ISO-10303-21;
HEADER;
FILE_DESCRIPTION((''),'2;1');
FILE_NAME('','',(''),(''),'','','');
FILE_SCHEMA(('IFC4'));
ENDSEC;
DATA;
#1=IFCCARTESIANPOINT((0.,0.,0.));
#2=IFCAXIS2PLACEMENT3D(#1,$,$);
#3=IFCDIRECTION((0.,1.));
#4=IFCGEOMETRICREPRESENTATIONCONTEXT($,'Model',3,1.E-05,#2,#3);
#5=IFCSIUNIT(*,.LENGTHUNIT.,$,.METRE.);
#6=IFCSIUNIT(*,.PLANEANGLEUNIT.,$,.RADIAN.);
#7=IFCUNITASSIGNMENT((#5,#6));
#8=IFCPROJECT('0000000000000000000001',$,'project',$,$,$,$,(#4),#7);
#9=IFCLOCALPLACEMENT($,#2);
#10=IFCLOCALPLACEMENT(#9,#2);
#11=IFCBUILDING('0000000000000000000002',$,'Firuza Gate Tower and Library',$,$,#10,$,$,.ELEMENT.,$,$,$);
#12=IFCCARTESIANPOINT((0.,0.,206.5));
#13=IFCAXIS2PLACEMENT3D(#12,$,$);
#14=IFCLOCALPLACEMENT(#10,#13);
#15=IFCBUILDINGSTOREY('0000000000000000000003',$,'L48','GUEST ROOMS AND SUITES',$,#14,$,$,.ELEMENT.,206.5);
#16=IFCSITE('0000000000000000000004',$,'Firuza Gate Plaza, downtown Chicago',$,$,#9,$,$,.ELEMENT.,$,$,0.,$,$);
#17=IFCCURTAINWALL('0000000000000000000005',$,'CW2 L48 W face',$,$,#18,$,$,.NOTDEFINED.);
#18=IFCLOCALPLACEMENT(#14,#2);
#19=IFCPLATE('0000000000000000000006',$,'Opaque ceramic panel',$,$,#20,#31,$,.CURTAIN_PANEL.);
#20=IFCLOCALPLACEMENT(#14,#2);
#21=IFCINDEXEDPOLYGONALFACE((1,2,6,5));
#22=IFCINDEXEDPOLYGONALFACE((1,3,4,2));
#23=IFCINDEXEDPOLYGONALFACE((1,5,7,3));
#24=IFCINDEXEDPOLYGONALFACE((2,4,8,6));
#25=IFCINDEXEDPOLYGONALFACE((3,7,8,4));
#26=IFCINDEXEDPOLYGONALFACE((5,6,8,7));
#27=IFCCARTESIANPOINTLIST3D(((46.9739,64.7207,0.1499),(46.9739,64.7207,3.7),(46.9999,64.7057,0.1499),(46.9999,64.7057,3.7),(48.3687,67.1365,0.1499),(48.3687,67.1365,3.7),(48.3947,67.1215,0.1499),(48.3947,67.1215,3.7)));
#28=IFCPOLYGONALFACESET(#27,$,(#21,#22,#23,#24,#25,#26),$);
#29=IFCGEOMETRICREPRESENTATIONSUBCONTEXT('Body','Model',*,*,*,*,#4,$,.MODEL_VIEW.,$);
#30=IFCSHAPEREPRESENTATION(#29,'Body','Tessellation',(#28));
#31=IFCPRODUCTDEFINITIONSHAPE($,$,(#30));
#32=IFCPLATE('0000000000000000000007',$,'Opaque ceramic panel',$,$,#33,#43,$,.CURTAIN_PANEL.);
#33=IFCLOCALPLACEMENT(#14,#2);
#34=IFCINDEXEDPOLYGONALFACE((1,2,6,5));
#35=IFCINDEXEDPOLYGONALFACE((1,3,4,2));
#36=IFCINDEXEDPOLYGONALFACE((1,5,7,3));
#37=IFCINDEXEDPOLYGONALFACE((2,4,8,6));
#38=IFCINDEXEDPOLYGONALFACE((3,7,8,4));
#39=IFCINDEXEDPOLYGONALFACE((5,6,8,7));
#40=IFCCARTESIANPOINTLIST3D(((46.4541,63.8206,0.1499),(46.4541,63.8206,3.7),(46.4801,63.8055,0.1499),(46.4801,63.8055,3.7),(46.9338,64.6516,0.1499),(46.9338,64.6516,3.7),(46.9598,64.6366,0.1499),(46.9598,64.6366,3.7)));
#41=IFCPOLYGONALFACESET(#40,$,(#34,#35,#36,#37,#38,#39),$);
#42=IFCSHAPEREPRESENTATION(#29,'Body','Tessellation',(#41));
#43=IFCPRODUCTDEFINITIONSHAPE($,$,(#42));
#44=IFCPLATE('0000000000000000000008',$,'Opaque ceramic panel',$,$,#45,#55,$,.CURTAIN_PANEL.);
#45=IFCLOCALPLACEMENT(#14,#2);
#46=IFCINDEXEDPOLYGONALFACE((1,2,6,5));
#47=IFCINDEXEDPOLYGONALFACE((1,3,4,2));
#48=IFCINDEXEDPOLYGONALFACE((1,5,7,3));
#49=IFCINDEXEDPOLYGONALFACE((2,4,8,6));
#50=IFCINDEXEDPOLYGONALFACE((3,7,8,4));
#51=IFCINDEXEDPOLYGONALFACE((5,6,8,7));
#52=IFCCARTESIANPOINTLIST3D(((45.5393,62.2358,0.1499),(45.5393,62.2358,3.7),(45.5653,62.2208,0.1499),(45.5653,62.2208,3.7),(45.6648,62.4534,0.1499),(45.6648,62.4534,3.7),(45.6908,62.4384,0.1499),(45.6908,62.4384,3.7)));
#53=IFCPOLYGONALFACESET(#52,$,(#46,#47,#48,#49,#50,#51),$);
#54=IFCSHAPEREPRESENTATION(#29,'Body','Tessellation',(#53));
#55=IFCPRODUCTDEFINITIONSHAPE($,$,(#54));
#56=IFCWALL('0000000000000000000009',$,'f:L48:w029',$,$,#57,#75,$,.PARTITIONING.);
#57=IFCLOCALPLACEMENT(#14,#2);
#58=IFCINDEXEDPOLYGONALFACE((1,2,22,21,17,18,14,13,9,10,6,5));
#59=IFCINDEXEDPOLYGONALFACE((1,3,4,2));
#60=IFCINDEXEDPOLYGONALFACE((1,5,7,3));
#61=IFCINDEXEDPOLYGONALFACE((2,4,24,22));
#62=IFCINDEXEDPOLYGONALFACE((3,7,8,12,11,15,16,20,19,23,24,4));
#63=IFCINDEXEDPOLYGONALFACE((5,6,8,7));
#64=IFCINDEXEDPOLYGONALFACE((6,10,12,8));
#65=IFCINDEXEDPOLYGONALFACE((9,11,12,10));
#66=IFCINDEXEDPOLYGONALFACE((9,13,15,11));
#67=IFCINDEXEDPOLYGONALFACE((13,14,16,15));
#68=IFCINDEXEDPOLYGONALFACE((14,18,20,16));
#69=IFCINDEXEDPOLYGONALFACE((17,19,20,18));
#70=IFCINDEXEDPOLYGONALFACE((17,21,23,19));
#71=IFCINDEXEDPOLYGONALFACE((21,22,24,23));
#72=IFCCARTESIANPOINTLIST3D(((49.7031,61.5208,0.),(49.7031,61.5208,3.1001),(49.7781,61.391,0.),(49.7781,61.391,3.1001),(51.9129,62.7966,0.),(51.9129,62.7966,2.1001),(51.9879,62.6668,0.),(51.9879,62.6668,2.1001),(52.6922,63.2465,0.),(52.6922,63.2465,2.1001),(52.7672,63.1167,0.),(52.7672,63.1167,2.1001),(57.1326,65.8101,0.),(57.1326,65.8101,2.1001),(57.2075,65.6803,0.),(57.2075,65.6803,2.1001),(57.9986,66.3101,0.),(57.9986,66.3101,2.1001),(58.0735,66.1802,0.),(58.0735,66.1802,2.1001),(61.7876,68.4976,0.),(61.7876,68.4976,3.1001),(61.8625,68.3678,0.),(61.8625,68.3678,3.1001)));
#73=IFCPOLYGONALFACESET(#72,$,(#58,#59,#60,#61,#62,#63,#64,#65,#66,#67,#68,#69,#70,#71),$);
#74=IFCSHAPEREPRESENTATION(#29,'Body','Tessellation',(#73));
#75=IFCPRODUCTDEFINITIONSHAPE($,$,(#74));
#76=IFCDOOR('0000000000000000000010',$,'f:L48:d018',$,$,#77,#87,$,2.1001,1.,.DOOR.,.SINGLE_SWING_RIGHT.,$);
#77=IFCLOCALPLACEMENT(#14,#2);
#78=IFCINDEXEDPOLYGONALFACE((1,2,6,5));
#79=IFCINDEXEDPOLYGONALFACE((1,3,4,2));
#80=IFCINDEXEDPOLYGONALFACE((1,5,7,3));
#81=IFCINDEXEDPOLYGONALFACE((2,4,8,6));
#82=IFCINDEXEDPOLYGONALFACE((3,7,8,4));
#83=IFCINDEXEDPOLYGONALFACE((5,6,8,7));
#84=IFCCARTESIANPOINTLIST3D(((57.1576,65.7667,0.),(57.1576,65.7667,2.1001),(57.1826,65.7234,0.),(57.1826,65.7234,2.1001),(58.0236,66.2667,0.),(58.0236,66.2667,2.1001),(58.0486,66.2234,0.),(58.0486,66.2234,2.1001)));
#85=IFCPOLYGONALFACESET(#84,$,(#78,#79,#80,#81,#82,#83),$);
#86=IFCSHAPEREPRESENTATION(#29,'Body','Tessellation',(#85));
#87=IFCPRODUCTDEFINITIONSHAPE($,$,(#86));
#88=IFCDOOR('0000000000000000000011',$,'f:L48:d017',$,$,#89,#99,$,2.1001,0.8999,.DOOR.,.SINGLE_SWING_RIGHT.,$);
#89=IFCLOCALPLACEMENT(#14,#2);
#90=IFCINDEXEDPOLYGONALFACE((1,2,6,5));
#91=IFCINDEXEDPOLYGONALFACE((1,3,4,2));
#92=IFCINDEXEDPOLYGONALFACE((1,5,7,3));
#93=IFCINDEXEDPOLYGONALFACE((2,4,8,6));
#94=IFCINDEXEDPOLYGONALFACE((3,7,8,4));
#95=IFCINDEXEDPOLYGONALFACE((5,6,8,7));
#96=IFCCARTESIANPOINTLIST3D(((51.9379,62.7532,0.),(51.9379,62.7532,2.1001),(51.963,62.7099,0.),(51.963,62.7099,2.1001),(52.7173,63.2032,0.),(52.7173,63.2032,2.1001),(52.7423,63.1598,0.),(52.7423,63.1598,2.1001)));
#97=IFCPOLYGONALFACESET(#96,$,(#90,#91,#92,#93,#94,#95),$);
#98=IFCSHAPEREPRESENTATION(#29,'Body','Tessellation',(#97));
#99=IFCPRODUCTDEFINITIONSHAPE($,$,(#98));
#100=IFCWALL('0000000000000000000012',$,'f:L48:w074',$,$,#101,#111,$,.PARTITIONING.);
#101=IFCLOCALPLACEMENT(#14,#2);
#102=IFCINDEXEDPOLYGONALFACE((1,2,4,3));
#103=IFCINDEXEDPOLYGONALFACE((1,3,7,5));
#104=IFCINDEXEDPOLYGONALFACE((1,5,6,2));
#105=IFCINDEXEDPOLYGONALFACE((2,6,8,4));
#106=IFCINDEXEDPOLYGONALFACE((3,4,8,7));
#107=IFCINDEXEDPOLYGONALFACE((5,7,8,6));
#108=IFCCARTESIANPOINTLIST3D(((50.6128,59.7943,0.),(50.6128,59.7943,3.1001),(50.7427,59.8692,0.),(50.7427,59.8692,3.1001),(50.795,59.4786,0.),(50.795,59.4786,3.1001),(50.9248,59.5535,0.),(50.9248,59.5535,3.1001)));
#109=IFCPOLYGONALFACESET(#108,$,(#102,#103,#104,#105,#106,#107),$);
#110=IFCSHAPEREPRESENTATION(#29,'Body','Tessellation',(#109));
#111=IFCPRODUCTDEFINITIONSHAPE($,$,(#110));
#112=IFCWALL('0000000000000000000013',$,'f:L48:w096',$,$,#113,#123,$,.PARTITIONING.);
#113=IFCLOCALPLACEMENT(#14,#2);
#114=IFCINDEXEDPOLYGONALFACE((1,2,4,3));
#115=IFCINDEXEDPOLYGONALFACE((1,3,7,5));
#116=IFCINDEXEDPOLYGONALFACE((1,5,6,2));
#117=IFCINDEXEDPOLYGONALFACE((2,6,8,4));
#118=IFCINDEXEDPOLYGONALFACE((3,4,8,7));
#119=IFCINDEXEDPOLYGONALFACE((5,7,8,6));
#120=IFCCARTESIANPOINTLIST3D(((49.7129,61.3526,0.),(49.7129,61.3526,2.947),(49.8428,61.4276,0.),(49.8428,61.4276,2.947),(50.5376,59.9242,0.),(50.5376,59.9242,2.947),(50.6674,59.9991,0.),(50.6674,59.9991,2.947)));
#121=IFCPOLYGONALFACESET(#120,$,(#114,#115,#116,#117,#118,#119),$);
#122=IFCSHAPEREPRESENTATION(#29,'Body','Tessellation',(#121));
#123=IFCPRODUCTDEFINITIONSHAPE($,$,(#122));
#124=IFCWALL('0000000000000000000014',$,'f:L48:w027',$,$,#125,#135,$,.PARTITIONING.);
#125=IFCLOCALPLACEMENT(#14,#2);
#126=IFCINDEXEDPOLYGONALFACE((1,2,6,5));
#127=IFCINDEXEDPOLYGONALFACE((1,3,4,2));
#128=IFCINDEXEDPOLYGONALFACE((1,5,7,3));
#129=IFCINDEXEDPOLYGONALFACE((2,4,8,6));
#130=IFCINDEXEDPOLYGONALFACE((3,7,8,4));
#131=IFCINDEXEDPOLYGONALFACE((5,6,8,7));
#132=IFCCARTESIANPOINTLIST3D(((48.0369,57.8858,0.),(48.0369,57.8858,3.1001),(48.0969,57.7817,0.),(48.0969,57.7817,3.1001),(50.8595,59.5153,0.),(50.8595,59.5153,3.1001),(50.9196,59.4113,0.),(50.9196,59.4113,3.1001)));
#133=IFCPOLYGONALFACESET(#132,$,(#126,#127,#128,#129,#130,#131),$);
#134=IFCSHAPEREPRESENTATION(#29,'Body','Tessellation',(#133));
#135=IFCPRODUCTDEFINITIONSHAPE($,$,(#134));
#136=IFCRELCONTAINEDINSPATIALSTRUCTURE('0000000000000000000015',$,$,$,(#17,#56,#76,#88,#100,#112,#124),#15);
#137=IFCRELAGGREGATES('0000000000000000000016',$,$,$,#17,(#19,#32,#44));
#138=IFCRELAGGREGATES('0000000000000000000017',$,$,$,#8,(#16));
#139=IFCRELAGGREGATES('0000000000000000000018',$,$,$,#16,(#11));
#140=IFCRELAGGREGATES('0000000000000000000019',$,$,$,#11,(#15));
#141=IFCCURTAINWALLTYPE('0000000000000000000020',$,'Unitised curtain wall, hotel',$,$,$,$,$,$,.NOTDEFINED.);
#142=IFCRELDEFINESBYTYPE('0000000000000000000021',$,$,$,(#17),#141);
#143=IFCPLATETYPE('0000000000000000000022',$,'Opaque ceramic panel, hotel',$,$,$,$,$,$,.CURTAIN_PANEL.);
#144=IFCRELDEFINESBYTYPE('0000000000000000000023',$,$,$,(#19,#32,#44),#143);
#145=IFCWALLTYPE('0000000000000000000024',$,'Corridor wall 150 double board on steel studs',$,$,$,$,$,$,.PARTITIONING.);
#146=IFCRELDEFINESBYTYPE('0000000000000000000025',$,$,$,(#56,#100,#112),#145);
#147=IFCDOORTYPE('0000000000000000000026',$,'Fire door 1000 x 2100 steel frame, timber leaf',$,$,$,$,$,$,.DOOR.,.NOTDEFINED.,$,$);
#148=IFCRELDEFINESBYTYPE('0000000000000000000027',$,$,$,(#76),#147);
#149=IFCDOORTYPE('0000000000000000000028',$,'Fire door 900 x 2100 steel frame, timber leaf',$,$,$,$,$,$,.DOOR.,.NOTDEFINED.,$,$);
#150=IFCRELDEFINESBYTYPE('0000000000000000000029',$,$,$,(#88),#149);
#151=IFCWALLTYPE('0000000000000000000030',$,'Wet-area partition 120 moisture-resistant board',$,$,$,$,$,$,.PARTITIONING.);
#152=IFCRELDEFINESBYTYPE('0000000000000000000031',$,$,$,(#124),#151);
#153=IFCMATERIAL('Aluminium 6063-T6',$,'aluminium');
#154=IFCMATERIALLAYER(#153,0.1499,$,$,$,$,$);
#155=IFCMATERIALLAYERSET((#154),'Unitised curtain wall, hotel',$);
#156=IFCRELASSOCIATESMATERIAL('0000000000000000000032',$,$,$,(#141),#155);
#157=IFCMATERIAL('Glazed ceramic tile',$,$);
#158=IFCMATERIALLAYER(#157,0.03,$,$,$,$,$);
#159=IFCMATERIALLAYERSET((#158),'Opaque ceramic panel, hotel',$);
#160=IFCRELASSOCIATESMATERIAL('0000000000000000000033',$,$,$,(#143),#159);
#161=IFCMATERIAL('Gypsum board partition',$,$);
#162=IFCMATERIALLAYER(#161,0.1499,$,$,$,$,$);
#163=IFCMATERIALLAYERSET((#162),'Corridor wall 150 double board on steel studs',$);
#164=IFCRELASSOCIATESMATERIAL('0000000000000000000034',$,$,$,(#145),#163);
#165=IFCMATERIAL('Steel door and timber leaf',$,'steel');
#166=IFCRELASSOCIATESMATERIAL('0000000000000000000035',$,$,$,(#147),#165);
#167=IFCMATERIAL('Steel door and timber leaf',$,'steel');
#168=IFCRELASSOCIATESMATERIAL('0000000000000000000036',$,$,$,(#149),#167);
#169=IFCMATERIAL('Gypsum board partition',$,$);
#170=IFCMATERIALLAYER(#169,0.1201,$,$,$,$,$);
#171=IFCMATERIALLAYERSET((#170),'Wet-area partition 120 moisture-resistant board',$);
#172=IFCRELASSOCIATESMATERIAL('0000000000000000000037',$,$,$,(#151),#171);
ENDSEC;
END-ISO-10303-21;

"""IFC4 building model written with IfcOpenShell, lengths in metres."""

from ifc_helpers import new_model, si_unit, direction, frame, frame_2d, origin, place, context, subcontext, project, spatial, polyline, rectangle, outline, extrude, material, layer, layer_set, type_object, element, fill, aggregate, save


model = new_model("IFC4")

# Units and contexts
model_context = context("Model", 3, precision=1e-05, world=origin(), true_north=direction((0.0, 1.0)))
body_context = subcontext(model_context, "Body", "Model", "MODEL_VIEW")
ifc_project = project(units=[si_unit("LENGTHUNIT", "METRE"), si_unit("PLANEANGLEUNIT", "RADIAN")], contexts=[model_context])

# Site, building, storey
site_placement = place(None, origin())
site = spatial("IfcSite", under=ifc_project, at=site_placement, Name="Firuza Gate Plaza, downtown Chicago", CompositionType="ELEMENT", RefElevation=0.0)
building_placement = place(site_placement, origin())
building = spatial("IfcBuilding", under=site, at=building_placement, Name="Firuza Gate Tower and Library", CompositionType="ELEMENT")
storey_placement = place(building_placement, frame((0.0, 0.0, 206.5)))
storey = spatial("IfcBuildingStorey", under=building, at=storey_placement, Name="L48", Description="GUEST ROOMS AND SUITES", CompositionType="ELEMENT", Elevation=206.5)

# Curtain wall
ifc_material_1 = material(Name="Aluminium 6063-T6", Category="aluminium")
ifc_layer_1 = layer(ifc_material_1, 0.1499)
ifc_layer_set_1 = layer_set([ifc_layer_1], Name="Unitised curtain wall, hotel")
curtain_wall_type_1 = type_object("IfcCurtainWallType", Name="Unitised curtain wall, hotel", PredefinedType="NOTDEFINED", material=ifc_layer_set_1)
placement = place(storey_placement, origin())
curtain_wall_1 = element("IfcCurtainWall", 1, at=placement, inside=storey, type_object=curtain_wall_type_1, Name="CW2 L48 W face", PredefinedType="NOTDEFINED")

# Plates
ifc_material_2 = material(Name="Glazed ceramic tile")
ifc_layer_2 = layer(ifc_material_2, 0.03)
ifc_layer_set_2 = layer_set([ifc_layer_2], Name="Opaque ceramic panel, hotel")
plate_type_1 = type_object("IfcPlateType", Name="Opaque ceramic panel, hotel", PredefinedType="CURTAIN_PANEL", material=ifc_layer_set_2)
plate_1_placement = place(storey_placement, frame((48.3687, 67.1365, 0.1499), z_axis=(-0.866021, 0.500008, 0.0), x_axis=(-0.500008, -0.866021, 0.0)))
plate_1 = element("IfcPlate", 2, at=plate_1_placement, type_object=plate_type_1, Name="Opaque ceramic panel", PredefinedType="CURTAIN_PANEL", context=body_context, shape_type="SweptSolid", body=[
    extrude(outline(polyline([(0.0, 0.0), (2.7895, 0.0), (2.7895, 3.55), (0.0, 3.55), (0.0, 0.0)])), origin(), (0.0, 0.0, -1.0), 0.03),
])
plate_2_placement = place(storey_placement, frame((46.9338, 64.6516, 0.1499), z_axis=(-0.866058, 0.499943, 0.0), x_axis=(-0.499943, -0.866058, 0.0)))
plate_2 = element("IfcPlate", 3, at=plate_2_placement, type_object=plate_type_1, Name="Opaque ceramic panel", PredefinedType="CURTAIN_PANEL", context=body_context, shape_type="SweptSolid", body=[
    extrude(outline(polyline([(0.0, 0.0), (0.9596, 0.0), (0.9596, 3.55), (0.0, 3.55), (0.0, 0.0)])), origin(), (0.0, 0.0, -1.0), 0.03),
])
plate_3_placement = place(storey_placement, frame((45.6648, 62.4534, 0.1499), z_axis=(-0.866202, 0.499694, 0.0), x_axis=(-0.499694, -0.866202, 0.0)))
plate_3 = element("IfcPlate", 4, at=plate_3_placement, type_object=plate_type_1, Name="Opaque ceramic panel", PredefinedType="CURTAIN_PANEL", context=body_context, shape_type="SweptSolid", body=[
    extrude(outline(polyline([(0.0, 0.0), (0.2511, 0.0), (0.2511, 3.55), (0.0, 3.55), (0.0, 0.0)])), origin(), (0.0, 0.0, -1.0), 0.03),
])
aggregate(curtain_wall_1, [plate_1, plate_2, plate_3])

# Wall, openings, doors
ifc_material_3 = material(Name="Gypsum board partition")
ifc_layer_3 = layer(ifc_material_3, 0.1499)
ifc_layer_set_3 = layer_set([ifc_layer_3], Name="Corridor wall 150 double board on steel studs")
wall_type_1 = type_object("IfcWallType", Name="Corridor wall 150 double board on steel studs", PredefinedType="PARTITIONING", material=ifc_layer_set_3)
wall_1_placement = place(storey_placement, frame((49.7405, 61.4558, 0.0), z_axis=(0.0, 0.0, 1.0), x_axis=(0.866031, 0.499991, 0.0)))
wall_1 = element("IfcWall", 5, at=wall_1_placement, inside=storey, type_object=wall_type_1, Name="f:L48:w029", PredefinedType="PARTITIONING", context=body_context, shape_type="SweptSolid", body=[
    extrude(rectangle(XDim=13.9539, YDim=0.1499, at=frame_2d((6.9771, 0.0))), origin(), (0.0, 0.0, 1.0), 3.1001),
])
opening_1_placement = place(wall_1_placement, frame((2.5518, 0.0, 0.0)))
opening_1 = element("IfcOpeningElement", 6, at=opening_1_placement, cuts=wall_1, PredefinedType="OPENING", context=body_context, shape_type="SweptSolid", body=[
    extrude(rectangle(XDim=0.8999, YDim=2.1001, at=frame_2d((0.45, 1.05))), frame((0.0, 0.085, 0.0), z_axis=(0.0, -1.0, 0.0), x_axis=(1.0, 0.0, 0.0)), (0.0, 0.0, 1.0), 0.1699),
])
opening_2_placement = place(wall_1_placement, frame((8.5789, 0.0, 0.0)))
opening_2 = element("IfcOpeningElement", 7, at=opening_2_placement, cuts=wall_1, PredefinedType="OPENING", context=body_context, shape_type="SweptSolid", body=[
    extrude(rectangle(XDim=1.0, YDim=2.1001, at=frame_2d((0.5, 1.05))), frame((0.0, 0.085, 0.0), z_axis=(0.0, -1.0, 0.0), x_axis=(1.0, 0.0, 0.0)), (0.0, 0.0, 1.0), 0.1699),
])
ifc_material_4 = material(Name="Steel door and timber leaf", Category="steel")
door_type_1 = type_object("IfcDoorType", Name="Fire door 1000 x 2100 steel frame, timber leaf", OperationType="NOTDEFINED", PredefinedType="DOOR", material=ifc_material_4)
door_1_placement = place(opening_2_placement, origin())
door_1 = element("IfcDoor", 8, at=door_1_placement, inside=storey, type_object=door_type_1, Name="f:L48:d018", OperationType="SINGLE_SWING_RIGHT", OverallHeight=2.1001, OverallWidth=1.0, PredefinedType="DOOR", context=body_context, shape_type="SweptSolid", body=[
    extrude(rectangle(XDim=1.0, YDim=2.1001, at=frame_2d((0.5, 1.05))), frame((0.0, 0.0249, 0.0), z_axis=(0.0, -1.0, 0.0), x_axis=(1.0, 0.0, 0.0)), (0.0, 0.0, 1.0), 0.05),
])
fill(opening_2, door_1)
ifc_material_5 = material(Name="Steel door and timber leaf", Category="steel")
door_type_2 = type_object("IfcDoorType", Name="Fire door 900 x 2100 steel frame, timber leaf", OperationType="NOTDEFINED", PredefinedType="DOOR", material=ifc_material_5)
door_2_placement = place(opening_1_placement, origin())
door_2 = element("IfcDoor", 9, at=door_2_placement, inside=storey, type_object=door_type_2, Name="f:L48:d017", OperationType="SINGLE_SWING_RIGHT", OverallHeight=2.1001, OverallWidth=0.8999, PredefinedType="DOOR", context=body_context, shape_type="SweptSolid", body=[
    extrude(rectangle(XDim=0.8999, YDim=2.1001, at=frame_2d((0.45, 1.05))), frame((0.0, 0.0249, 0.0), z_axis=(0.0, -1.0, 0.0), x_axis=(1.0, 0.0, 0.0)), (0.0, 0.0, 1.0), 0.05),
])
fill(opening_1, door_2)

# Walls
wall_2_placement = place(storey_placement, frame((50.8599, 59.5161, 0.0), z_axis=(0.0, 0.0, 1.0), x_axis=(-0.499742, 0.866174, 0.0)))
element("IfcWall", 10, at=wall_2_placement, inside=storey, type_object=wall_type_1, Name="f:L48:w074", PredefinedType="PARTITIONING", context=body_context, shape_type="SweptSolid", body=[
    extrude(rectangle(XDim=0.3645, YDim=0.1499, at=frame_2d((0.1821, 0.0))), origin(), (0.0, 0.0, 1.0), 3.1001),
])
wall_3_placement = place(storey_placement, frame((50.6025, 59.9617, 0.0), z_axis=(0.0, 0.0, 1.0), x_axis=(-0.499992, 0.86603, 0.0)))
element("IfcWall", 11, at=wall_3_placement, inside=storey, type_object=wall_type_1, Name="f:L48:w096", PredefinedType="PARTITIONING", context=body_context, shape_type="SweptSolid", body=[
    extrude(rectangle(XDim=1.6494, YDim=0.1499, at=frame_2d((0.8247, 0.0))), origin(), (0.0, 0.0, 1.0), 2.947),
])
ifc_material_6 = material(Name="Gypsum board partition")
ifc_layer_4 = layer(ifc_material_6, 0.1201)
ifc_layer_set_4 = layer_set([ifc_layer_4], Name="Wet-area partition 120 moisture-resistant board")
wall_type_2 = type_object("IfcWallType", Name="Wet-area partition 120 moisture-resistant board", PredefinedType="PARTITIONING", material=ifc_layer_set_4)
wall_4_placement = place(storey_placement, frame((48.0669, 57.8337, 0.0), z_axis=(0.0, 0.0, 1.0), x_axis=(0.866036, 0.499982, 0.0)))
element("IfcWall", 12, at=wall_4_placement, inside=storey, type_object=wall_type_2, Name="f:L48:w027", PredefinedType="PARTITIONING", context=body_context, shape_type="SweptSolid", body=[
    extrude(rectangle(XDim=3.2593, YDim=0.1201, at=frame_2d((1.6296, 0.0))), origin(), (0.0, 0.0, 1.0), 3.1001),
])

save(model, "model.ifc")
